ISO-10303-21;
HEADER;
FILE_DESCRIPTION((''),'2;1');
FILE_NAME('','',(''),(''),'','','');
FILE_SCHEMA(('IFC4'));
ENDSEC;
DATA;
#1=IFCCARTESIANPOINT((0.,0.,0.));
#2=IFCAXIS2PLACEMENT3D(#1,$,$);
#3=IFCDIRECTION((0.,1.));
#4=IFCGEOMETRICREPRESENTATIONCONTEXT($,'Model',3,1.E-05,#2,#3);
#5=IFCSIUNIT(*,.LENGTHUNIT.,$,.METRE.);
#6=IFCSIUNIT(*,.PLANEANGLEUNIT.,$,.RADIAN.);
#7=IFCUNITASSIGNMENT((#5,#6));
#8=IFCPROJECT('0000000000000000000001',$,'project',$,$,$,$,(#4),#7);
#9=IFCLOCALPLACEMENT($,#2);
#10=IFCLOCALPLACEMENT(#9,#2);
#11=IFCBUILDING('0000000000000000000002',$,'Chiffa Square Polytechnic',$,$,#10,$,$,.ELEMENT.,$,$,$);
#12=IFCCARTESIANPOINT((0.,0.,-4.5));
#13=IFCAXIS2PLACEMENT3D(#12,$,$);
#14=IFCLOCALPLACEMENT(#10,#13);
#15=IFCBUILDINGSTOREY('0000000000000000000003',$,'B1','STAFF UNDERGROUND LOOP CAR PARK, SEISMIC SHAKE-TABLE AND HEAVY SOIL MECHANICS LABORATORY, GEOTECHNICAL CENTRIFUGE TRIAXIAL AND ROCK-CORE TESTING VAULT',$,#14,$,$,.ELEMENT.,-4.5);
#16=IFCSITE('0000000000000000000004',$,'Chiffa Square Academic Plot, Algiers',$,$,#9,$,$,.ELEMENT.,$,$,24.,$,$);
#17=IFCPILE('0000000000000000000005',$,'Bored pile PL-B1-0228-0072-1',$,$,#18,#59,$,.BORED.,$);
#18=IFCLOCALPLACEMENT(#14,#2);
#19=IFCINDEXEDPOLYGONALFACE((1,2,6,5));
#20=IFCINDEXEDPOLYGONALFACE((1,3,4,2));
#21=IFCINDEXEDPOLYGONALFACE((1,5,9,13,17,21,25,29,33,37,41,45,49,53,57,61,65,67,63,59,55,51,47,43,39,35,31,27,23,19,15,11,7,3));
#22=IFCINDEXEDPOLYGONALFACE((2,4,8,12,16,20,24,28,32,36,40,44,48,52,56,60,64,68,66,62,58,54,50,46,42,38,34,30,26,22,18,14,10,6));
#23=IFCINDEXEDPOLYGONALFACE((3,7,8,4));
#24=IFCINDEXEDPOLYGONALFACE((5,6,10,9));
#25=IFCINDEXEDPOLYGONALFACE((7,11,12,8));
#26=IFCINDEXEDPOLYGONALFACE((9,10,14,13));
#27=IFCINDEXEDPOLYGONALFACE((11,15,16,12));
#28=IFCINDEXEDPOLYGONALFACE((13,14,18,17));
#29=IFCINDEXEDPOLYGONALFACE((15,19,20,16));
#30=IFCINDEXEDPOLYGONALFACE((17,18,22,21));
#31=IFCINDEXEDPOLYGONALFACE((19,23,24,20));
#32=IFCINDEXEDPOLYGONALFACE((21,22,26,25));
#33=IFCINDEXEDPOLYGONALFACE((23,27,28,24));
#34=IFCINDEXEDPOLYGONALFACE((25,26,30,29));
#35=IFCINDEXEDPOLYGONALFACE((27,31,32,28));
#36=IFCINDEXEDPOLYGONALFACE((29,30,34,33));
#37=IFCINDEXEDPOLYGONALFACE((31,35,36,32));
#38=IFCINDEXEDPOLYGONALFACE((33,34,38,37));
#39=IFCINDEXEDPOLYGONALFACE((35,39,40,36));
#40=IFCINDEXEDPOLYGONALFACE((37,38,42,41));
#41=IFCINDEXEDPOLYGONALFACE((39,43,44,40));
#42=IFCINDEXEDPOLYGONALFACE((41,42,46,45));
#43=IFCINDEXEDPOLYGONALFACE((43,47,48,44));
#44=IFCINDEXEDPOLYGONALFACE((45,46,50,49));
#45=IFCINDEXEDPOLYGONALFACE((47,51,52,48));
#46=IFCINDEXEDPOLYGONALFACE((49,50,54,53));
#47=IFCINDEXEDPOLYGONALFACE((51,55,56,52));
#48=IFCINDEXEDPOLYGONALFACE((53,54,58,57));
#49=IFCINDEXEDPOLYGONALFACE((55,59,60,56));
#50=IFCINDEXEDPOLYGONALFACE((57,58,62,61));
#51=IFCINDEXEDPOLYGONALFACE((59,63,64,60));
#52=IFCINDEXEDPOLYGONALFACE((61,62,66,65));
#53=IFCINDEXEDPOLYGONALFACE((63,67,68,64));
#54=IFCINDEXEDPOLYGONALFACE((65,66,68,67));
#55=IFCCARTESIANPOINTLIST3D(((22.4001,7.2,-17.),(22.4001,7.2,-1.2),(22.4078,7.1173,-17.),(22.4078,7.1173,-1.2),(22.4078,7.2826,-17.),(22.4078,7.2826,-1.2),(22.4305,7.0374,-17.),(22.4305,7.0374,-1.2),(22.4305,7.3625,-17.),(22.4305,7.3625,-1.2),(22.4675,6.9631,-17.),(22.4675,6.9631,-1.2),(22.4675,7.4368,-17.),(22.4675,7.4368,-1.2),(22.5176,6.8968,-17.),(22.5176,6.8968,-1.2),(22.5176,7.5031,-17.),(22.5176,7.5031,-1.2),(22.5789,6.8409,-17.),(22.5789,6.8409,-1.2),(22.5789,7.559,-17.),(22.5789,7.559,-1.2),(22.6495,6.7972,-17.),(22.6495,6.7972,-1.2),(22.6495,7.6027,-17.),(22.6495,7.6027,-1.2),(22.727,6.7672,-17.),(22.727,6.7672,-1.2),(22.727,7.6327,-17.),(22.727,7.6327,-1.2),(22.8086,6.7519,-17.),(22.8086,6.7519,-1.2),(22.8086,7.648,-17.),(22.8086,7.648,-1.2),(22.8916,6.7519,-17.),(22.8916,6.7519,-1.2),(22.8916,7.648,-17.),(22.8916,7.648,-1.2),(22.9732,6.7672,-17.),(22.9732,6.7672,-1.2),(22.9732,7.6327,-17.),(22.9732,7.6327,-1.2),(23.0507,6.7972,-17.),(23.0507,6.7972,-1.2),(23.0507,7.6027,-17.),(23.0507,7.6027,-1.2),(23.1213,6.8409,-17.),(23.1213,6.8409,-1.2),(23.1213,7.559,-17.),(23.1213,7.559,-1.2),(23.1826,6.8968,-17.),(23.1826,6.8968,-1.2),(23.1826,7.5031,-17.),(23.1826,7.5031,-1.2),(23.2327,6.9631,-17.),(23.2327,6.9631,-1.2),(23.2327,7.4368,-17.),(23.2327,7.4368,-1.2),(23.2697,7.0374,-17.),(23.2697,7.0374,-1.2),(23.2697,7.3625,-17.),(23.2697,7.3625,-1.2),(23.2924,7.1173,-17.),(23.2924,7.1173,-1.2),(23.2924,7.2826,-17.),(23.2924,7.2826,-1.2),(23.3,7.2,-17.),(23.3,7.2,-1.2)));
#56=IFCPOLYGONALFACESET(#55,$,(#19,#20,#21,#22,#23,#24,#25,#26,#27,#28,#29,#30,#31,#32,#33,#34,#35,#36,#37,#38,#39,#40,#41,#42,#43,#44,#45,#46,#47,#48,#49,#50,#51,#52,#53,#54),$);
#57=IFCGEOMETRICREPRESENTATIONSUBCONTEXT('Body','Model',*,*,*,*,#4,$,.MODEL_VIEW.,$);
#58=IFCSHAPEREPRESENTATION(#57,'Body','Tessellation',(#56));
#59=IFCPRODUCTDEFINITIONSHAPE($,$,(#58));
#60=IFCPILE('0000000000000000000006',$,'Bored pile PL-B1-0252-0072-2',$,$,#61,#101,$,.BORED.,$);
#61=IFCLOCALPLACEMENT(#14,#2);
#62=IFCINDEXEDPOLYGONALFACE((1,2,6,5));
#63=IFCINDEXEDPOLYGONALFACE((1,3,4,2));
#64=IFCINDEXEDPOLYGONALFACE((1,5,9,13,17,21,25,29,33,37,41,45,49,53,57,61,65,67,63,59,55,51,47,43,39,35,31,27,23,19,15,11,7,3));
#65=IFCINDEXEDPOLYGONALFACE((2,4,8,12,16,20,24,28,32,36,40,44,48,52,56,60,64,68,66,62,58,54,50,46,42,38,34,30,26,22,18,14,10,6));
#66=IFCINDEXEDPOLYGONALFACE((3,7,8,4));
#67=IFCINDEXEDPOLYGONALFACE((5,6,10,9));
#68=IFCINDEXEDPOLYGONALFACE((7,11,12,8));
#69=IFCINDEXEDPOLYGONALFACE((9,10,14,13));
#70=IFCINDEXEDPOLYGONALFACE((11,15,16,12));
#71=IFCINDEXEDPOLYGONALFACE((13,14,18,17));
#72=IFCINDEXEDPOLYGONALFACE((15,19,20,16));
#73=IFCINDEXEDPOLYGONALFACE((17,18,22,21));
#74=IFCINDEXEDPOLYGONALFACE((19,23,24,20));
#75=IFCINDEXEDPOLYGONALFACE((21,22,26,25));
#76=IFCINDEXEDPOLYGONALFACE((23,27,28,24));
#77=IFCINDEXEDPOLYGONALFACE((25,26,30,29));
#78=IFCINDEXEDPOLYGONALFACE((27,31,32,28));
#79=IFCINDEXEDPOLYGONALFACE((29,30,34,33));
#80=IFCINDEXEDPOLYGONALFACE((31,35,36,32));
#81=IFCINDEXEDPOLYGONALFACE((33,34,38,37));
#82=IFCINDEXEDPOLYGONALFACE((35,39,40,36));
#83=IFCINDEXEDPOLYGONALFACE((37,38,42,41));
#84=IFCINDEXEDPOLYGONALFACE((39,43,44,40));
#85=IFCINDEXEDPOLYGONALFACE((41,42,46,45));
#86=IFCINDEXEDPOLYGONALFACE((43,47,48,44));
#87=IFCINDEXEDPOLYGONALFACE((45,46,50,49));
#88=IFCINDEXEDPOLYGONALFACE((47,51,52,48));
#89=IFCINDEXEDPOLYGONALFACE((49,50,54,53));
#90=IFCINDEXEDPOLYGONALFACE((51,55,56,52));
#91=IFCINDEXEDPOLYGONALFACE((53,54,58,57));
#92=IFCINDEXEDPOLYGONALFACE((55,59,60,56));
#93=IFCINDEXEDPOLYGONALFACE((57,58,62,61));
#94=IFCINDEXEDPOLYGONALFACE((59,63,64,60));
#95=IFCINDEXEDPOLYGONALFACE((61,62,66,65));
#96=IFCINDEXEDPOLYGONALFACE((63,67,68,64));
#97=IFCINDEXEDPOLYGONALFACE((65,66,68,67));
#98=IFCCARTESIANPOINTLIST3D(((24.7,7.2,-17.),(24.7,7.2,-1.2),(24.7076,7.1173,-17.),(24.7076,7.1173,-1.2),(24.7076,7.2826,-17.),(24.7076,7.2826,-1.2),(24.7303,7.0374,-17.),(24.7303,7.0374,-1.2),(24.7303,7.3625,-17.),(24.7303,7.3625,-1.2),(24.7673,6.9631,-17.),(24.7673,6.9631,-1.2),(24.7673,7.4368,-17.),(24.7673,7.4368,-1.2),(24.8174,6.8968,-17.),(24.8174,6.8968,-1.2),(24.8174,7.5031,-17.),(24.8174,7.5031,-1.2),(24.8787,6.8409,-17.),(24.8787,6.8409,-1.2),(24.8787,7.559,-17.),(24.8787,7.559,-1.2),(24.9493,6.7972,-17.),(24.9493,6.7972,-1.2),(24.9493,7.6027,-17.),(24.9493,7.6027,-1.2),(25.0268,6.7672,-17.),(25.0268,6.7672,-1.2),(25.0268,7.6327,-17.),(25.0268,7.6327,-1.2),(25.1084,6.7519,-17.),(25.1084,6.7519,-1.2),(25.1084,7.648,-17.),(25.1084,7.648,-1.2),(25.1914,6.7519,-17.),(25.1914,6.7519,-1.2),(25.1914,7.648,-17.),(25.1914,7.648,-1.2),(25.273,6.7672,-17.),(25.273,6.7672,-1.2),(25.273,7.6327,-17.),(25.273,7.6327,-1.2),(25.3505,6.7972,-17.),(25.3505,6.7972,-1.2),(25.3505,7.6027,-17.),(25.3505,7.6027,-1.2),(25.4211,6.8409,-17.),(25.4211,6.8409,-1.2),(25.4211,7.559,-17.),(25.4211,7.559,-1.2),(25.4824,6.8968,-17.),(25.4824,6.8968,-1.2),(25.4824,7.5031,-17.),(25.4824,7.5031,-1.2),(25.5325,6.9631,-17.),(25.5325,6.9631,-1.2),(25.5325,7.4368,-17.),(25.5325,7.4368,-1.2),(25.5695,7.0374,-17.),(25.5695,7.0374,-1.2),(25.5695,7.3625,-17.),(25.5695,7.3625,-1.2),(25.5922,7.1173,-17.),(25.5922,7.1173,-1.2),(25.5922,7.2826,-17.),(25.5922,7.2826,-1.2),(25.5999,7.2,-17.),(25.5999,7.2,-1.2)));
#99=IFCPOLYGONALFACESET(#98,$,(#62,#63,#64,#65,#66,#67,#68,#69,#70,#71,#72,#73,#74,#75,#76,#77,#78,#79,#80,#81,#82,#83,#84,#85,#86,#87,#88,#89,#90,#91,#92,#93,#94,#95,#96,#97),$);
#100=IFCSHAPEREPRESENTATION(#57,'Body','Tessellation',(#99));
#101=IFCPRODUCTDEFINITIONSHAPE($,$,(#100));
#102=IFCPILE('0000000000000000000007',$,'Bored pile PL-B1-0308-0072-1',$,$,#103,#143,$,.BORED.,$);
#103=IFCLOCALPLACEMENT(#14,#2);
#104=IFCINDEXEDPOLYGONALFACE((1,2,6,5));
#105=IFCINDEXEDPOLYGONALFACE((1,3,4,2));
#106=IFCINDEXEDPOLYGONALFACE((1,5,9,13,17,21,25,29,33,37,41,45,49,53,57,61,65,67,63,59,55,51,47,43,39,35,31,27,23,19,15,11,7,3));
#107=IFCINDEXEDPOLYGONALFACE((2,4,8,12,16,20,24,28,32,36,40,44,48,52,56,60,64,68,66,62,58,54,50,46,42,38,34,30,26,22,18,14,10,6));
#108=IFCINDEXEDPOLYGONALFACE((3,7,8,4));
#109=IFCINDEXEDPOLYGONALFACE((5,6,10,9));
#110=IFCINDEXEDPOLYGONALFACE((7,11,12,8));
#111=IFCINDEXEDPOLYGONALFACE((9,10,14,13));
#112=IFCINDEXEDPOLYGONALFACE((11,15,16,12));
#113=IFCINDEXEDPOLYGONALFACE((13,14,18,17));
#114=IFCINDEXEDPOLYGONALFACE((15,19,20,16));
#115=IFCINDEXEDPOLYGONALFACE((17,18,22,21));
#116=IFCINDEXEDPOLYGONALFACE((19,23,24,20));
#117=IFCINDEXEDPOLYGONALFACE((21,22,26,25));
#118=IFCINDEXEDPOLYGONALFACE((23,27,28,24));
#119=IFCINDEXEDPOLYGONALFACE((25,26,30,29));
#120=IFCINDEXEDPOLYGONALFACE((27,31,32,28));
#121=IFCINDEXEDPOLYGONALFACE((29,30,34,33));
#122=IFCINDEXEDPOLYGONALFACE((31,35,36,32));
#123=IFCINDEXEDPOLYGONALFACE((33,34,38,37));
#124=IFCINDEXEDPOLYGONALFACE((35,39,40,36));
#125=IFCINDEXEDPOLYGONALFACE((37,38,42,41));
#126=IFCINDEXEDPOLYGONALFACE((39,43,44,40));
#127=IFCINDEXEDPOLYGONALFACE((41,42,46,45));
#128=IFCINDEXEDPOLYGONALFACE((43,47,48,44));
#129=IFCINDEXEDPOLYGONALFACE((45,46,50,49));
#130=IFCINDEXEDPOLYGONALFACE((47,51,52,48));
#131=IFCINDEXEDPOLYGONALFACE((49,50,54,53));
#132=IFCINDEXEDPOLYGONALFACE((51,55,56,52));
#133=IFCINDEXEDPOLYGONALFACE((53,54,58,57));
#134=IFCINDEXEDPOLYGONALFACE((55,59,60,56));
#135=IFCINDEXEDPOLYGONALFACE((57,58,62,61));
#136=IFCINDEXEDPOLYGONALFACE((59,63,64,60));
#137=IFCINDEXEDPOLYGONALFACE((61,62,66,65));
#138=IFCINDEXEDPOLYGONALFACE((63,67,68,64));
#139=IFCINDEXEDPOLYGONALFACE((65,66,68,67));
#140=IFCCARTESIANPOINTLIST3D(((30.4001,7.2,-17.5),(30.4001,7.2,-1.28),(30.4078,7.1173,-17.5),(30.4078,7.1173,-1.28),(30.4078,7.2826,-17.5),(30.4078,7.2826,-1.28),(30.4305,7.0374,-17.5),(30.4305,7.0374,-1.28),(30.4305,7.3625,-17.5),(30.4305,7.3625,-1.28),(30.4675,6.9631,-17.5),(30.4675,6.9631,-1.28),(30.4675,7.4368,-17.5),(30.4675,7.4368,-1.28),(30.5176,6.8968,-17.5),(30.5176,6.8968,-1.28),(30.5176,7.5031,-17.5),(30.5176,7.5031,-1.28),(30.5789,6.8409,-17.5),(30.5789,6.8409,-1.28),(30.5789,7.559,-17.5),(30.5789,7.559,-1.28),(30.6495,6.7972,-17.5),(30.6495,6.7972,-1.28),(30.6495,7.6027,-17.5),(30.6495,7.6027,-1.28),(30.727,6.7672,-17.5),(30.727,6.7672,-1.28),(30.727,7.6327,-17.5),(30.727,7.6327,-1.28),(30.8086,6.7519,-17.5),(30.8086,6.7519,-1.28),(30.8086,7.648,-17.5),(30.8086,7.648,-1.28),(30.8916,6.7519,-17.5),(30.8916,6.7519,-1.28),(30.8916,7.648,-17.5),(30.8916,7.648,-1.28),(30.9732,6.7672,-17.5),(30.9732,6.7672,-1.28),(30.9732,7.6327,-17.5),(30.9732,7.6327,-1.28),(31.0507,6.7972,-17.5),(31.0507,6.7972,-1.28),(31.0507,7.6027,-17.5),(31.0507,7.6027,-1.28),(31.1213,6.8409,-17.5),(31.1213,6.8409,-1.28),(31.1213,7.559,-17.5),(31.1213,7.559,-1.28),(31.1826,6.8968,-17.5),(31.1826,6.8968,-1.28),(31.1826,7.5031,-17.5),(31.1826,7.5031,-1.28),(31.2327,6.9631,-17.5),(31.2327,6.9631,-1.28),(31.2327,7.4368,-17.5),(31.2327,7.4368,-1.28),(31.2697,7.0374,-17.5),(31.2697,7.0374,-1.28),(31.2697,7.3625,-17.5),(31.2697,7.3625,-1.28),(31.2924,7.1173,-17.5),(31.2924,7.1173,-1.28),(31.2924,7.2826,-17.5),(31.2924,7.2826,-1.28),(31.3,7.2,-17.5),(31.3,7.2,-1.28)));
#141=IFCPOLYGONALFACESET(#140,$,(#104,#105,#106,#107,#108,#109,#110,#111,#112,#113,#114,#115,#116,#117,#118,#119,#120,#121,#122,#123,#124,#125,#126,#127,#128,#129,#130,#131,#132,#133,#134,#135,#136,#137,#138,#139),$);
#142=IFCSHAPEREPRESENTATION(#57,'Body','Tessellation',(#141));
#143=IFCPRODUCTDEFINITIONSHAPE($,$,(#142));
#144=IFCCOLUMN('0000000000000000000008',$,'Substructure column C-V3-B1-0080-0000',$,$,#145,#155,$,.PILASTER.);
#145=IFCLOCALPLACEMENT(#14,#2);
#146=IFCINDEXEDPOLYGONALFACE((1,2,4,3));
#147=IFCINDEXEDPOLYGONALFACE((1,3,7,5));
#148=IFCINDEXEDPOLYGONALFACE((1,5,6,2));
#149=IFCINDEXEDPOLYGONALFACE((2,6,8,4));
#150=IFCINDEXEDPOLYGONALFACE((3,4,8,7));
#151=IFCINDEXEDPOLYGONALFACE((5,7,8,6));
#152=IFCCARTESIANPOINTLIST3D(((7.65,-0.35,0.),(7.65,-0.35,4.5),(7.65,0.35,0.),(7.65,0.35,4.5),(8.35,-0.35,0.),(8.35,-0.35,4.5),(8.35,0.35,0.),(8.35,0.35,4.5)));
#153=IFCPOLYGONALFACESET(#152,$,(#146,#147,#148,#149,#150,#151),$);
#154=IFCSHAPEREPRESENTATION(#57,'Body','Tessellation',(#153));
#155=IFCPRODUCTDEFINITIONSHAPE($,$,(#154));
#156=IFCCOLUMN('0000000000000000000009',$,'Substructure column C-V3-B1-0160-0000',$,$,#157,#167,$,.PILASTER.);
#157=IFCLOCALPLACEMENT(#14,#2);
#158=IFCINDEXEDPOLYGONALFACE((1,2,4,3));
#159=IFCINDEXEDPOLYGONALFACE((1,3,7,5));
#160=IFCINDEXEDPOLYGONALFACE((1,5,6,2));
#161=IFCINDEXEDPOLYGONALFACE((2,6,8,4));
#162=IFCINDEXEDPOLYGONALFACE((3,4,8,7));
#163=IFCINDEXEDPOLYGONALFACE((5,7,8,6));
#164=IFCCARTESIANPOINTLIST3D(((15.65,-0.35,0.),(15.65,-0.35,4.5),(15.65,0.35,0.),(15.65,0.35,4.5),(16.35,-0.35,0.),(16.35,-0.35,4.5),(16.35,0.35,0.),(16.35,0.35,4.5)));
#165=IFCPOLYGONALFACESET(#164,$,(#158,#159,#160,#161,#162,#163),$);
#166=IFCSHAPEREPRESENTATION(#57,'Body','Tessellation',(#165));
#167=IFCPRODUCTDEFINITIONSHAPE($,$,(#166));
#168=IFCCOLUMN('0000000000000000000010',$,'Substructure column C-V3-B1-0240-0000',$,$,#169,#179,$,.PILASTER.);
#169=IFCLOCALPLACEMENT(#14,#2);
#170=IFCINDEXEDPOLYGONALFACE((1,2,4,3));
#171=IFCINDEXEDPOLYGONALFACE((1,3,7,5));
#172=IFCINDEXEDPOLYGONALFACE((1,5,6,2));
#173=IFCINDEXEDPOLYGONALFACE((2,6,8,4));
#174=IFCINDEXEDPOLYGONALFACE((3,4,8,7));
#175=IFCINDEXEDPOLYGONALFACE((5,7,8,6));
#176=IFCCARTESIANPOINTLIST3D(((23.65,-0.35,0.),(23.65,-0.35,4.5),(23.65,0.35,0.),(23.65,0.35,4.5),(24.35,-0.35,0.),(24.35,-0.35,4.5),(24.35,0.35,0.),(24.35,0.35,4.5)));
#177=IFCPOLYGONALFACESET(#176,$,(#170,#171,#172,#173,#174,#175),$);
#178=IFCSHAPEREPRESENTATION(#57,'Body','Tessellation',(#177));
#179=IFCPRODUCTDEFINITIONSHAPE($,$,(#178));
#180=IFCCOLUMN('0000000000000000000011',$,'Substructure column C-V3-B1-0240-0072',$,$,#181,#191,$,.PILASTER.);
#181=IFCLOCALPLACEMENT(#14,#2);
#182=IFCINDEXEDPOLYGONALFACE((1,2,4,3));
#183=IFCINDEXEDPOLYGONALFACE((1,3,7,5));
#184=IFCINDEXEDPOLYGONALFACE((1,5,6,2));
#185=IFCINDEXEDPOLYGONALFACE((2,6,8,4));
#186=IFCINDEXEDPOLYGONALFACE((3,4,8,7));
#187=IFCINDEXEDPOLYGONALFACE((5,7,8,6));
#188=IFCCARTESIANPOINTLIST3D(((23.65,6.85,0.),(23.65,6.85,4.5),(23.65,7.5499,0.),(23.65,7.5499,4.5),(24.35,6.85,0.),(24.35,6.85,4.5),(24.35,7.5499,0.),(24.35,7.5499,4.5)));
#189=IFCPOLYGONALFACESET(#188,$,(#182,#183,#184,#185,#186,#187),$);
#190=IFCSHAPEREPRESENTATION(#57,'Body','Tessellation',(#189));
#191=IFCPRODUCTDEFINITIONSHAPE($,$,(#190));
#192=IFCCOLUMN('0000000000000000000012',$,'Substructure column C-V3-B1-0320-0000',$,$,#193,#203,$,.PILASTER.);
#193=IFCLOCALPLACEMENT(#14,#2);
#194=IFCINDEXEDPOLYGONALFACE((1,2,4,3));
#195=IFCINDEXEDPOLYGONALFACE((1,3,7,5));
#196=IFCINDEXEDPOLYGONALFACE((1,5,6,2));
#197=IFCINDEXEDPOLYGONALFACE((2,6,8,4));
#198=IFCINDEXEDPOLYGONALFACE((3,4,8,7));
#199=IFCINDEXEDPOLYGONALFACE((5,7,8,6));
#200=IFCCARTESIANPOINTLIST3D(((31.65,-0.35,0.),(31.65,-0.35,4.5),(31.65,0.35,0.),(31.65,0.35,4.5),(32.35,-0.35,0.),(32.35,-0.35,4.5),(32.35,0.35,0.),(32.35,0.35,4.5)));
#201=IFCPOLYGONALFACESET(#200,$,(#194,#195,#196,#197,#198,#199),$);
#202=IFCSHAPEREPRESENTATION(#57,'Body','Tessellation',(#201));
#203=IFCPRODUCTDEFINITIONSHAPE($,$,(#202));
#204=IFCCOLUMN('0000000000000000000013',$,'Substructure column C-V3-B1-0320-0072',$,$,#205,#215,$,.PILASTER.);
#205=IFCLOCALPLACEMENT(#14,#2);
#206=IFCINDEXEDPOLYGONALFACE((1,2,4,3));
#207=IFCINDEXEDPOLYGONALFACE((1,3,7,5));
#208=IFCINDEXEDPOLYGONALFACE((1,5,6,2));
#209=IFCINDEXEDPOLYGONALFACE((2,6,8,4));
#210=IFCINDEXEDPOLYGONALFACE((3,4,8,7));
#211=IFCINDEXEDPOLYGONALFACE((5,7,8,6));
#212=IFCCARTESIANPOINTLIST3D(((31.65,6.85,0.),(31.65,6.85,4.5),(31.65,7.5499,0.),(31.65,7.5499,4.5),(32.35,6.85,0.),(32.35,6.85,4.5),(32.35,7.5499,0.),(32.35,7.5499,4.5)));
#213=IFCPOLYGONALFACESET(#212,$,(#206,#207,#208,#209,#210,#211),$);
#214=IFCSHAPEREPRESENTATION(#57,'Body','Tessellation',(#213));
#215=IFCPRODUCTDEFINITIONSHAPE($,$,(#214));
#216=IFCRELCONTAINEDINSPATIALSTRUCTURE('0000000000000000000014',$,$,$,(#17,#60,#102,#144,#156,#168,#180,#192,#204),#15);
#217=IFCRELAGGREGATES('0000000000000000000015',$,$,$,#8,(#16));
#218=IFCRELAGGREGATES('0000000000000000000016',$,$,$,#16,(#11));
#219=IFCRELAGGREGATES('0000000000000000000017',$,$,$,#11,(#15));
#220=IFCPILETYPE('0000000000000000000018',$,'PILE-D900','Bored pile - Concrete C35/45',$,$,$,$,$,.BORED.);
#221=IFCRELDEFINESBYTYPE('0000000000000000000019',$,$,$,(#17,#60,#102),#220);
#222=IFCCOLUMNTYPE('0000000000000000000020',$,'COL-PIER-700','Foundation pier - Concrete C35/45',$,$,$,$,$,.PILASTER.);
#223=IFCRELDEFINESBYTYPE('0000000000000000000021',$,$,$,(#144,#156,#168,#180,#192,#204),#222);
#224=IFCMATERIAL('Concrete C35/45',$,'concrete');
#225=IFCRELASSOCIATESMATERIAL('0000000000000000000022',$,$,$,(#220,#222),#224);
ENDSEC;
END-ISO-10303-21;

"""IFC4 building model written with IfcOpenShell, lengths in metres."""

from ifc_helpers import new_model, si_unit, direction, frame, origin, origin_2d, place, context, subcontext, project, spatial, rectangle, circle, extrude, material, material_profile, profile_set, type_object, element, save


model = new_model("IFC4")

# Units and contexts
model_context = context("Model", 3, precision=1e-05, world=origin(), true_north=direction((0.0, 1.0)))
body_context = subcontext(model_context, "Body", "Model", "MODEL_VIEW")
ifc_project = project(units=[si_unit("LENGTHUNIT", "METRE"), si_unit("PLANEANGLEUNIT", "RADIAN")], contexts=[model_context])

# Site, building, storey
site_placement = place(None, origin())
site = spatial("IfcSite", under=ifc_project, at=site_placement, Name="Chiffa Square Academic Plot, Algiers", CompositionType="ELEMENT", RefElevation=24.0)
building_placement = place(site_placement, origin())
building = spatial("IfcBuilding", under=site, at=building_placement, Name="Chiffa Square Polytechnic", CompositionType="ELEMENT")
storey_placement = place(building_placement, frame((0.0, 0.0, -4.5)))
storey = spatial("IfcBuildingStorey", under=building, at=storey_placement, Name="B1", Description="STAFF UNDERGROUND LOOP CAR PARK, SEISMIC SHAKE-TABLE AND HEAVY SOIL MECHANICS LABORATORY, GEOTECHNICAL CENTRIFUGE TRIAXIAL AND ROCK-CORE TESTING VAULT", CompositionType="ELEMENT", Elevation=-4.5)

# Shared definitions
ifc_material = material(Name="Concrete C35/45", Category="concrete")

# Piles
ifc_material_profile_1 = material_profile(ifc_material, circle(Radius=0.45, at=origin_2d()), Name="PILE D900")
ifc_profile_set_1 = profile_set([ifc_material_profile_1], Name="Concrete C35/45")
pile_type_1 = type_object("IfcPileType", Name="PILE-D900", Description="Bored pile - Concrete C35/45", PredefinedType="BORED", material=ifc_profile_set_1)
for number, where, z_axis, x_axis, name in (
    (1, (22.8501, 7.2, -1.2), (0.0, 0.0, -1.0), (1.0, 0.0, 0.0), "Bored pile PL-B1-0228-0072-1"),
    (2, (25.1499, 7.2, -1.2), (0.0, 0.0, -1.0), (1.0, 0.0, 0.0), "Bored pile PL-B1-0252-0072-2"),
):
    element("IfcPile", number, at=place(storey_placement, frame(where, z_axis=z_axis, x_axis=x_axis)), inside=storey, type_object=pile_type_1, Name=name, PredefinedType="BORED", context=body_context, shape_type="SweptSolid", body=[
        extrude(circle(Radius=0.45, at=origin_2d()), origin(), (0.0, 0.0, 1.0), 15.8),
    ])
pile_1_placement = place(storey_placement, frame((30.8501, 7.2, -1.28), z_axis=(0.0, 0.0, -1.0), x_axis=(1.0, 0.0, 0.0)))
element("IfcPile", 3, at=pile_1_placement, inside=storey, type_object=pile_type_1, Name="Bored pile PL-B1-0308-0072-1", PredefinedType="BORED", context=body_context, shape_type="SweptSolid", body=[
    extrude(circle(Radius=0.45, at=origin_2d()), origin(), (0.0, 0.0, 1.0), 16.22),
])

# Columns
ifc_material_profile_2 = material_profile(ifc_material, rectangle(XDim=0.7, YDim=0.7, at=origin_2d()), Name="RC 700x700")
ifc_profile_set_2 = profile_set([ifc_material_profile_2], Name="Concrete C35/45")
column_type = type_object("IfcColumnType", Name="COL-PIER-700", Description="Foundation pier - Concrete C35/45", PredefinedType="PILASTER", material=ifc_profile_set_2)
for number, where, z_axis, x_axis, name in (
    (4, (8.0, 0.0, 0.0), (0.0, 0.0, 1.0), (1.0, 0.0, 0.0), "Substructure column C-V3-B1-0080-0000"),
    (5, (16.0, 0.0, 0.0), (0.0, 0.0, 1.0), (1.0, 0.0, 0.0), "Substructure column C-V3-B1-0160-0000"),
    (6, (24.0, 0.0, 0.0), (0.0, 0.0, 1.0), (1.0, 0.0, 0.0), "Substructure column C-V3-B1-0240-0000"),
    (7, (24.0, 7.2, 0.0), (0.0, 0.0, 1.0), (1.0, 0.0, 0.0), "Substructure column C-V3-B1-0240-0072"),
    (8, (32.0, 0.0, 0.0), (0.0, 0.0, 1.0), (1.0, 0.0, 0.0), "Substructure column C-V3-B1-0320-0000"),
    (9, (32.0, 7.2, 0.0), (0.0, 0.0, 1.0), (1.0, 0.0, 0.0), "Substructure column C-V3-B1-0320-0072"),
):
    element("IfcColumn", number, at=place(storey_placement, frame(where, z_axis=z_axis, x_axis=x_axis)), inside=storey, type_object=column_type, Name=name, PredefinedType="PILASTER", context=body_context, shape_type="SweptSolid", body=[
        extrude(rectangle(XDim=0.7, YDim=0.7, at=origin_2d()), origin(), (0.0, 0.0, 1.0), 4.5),
    ])

save(model, "model.ifc")
